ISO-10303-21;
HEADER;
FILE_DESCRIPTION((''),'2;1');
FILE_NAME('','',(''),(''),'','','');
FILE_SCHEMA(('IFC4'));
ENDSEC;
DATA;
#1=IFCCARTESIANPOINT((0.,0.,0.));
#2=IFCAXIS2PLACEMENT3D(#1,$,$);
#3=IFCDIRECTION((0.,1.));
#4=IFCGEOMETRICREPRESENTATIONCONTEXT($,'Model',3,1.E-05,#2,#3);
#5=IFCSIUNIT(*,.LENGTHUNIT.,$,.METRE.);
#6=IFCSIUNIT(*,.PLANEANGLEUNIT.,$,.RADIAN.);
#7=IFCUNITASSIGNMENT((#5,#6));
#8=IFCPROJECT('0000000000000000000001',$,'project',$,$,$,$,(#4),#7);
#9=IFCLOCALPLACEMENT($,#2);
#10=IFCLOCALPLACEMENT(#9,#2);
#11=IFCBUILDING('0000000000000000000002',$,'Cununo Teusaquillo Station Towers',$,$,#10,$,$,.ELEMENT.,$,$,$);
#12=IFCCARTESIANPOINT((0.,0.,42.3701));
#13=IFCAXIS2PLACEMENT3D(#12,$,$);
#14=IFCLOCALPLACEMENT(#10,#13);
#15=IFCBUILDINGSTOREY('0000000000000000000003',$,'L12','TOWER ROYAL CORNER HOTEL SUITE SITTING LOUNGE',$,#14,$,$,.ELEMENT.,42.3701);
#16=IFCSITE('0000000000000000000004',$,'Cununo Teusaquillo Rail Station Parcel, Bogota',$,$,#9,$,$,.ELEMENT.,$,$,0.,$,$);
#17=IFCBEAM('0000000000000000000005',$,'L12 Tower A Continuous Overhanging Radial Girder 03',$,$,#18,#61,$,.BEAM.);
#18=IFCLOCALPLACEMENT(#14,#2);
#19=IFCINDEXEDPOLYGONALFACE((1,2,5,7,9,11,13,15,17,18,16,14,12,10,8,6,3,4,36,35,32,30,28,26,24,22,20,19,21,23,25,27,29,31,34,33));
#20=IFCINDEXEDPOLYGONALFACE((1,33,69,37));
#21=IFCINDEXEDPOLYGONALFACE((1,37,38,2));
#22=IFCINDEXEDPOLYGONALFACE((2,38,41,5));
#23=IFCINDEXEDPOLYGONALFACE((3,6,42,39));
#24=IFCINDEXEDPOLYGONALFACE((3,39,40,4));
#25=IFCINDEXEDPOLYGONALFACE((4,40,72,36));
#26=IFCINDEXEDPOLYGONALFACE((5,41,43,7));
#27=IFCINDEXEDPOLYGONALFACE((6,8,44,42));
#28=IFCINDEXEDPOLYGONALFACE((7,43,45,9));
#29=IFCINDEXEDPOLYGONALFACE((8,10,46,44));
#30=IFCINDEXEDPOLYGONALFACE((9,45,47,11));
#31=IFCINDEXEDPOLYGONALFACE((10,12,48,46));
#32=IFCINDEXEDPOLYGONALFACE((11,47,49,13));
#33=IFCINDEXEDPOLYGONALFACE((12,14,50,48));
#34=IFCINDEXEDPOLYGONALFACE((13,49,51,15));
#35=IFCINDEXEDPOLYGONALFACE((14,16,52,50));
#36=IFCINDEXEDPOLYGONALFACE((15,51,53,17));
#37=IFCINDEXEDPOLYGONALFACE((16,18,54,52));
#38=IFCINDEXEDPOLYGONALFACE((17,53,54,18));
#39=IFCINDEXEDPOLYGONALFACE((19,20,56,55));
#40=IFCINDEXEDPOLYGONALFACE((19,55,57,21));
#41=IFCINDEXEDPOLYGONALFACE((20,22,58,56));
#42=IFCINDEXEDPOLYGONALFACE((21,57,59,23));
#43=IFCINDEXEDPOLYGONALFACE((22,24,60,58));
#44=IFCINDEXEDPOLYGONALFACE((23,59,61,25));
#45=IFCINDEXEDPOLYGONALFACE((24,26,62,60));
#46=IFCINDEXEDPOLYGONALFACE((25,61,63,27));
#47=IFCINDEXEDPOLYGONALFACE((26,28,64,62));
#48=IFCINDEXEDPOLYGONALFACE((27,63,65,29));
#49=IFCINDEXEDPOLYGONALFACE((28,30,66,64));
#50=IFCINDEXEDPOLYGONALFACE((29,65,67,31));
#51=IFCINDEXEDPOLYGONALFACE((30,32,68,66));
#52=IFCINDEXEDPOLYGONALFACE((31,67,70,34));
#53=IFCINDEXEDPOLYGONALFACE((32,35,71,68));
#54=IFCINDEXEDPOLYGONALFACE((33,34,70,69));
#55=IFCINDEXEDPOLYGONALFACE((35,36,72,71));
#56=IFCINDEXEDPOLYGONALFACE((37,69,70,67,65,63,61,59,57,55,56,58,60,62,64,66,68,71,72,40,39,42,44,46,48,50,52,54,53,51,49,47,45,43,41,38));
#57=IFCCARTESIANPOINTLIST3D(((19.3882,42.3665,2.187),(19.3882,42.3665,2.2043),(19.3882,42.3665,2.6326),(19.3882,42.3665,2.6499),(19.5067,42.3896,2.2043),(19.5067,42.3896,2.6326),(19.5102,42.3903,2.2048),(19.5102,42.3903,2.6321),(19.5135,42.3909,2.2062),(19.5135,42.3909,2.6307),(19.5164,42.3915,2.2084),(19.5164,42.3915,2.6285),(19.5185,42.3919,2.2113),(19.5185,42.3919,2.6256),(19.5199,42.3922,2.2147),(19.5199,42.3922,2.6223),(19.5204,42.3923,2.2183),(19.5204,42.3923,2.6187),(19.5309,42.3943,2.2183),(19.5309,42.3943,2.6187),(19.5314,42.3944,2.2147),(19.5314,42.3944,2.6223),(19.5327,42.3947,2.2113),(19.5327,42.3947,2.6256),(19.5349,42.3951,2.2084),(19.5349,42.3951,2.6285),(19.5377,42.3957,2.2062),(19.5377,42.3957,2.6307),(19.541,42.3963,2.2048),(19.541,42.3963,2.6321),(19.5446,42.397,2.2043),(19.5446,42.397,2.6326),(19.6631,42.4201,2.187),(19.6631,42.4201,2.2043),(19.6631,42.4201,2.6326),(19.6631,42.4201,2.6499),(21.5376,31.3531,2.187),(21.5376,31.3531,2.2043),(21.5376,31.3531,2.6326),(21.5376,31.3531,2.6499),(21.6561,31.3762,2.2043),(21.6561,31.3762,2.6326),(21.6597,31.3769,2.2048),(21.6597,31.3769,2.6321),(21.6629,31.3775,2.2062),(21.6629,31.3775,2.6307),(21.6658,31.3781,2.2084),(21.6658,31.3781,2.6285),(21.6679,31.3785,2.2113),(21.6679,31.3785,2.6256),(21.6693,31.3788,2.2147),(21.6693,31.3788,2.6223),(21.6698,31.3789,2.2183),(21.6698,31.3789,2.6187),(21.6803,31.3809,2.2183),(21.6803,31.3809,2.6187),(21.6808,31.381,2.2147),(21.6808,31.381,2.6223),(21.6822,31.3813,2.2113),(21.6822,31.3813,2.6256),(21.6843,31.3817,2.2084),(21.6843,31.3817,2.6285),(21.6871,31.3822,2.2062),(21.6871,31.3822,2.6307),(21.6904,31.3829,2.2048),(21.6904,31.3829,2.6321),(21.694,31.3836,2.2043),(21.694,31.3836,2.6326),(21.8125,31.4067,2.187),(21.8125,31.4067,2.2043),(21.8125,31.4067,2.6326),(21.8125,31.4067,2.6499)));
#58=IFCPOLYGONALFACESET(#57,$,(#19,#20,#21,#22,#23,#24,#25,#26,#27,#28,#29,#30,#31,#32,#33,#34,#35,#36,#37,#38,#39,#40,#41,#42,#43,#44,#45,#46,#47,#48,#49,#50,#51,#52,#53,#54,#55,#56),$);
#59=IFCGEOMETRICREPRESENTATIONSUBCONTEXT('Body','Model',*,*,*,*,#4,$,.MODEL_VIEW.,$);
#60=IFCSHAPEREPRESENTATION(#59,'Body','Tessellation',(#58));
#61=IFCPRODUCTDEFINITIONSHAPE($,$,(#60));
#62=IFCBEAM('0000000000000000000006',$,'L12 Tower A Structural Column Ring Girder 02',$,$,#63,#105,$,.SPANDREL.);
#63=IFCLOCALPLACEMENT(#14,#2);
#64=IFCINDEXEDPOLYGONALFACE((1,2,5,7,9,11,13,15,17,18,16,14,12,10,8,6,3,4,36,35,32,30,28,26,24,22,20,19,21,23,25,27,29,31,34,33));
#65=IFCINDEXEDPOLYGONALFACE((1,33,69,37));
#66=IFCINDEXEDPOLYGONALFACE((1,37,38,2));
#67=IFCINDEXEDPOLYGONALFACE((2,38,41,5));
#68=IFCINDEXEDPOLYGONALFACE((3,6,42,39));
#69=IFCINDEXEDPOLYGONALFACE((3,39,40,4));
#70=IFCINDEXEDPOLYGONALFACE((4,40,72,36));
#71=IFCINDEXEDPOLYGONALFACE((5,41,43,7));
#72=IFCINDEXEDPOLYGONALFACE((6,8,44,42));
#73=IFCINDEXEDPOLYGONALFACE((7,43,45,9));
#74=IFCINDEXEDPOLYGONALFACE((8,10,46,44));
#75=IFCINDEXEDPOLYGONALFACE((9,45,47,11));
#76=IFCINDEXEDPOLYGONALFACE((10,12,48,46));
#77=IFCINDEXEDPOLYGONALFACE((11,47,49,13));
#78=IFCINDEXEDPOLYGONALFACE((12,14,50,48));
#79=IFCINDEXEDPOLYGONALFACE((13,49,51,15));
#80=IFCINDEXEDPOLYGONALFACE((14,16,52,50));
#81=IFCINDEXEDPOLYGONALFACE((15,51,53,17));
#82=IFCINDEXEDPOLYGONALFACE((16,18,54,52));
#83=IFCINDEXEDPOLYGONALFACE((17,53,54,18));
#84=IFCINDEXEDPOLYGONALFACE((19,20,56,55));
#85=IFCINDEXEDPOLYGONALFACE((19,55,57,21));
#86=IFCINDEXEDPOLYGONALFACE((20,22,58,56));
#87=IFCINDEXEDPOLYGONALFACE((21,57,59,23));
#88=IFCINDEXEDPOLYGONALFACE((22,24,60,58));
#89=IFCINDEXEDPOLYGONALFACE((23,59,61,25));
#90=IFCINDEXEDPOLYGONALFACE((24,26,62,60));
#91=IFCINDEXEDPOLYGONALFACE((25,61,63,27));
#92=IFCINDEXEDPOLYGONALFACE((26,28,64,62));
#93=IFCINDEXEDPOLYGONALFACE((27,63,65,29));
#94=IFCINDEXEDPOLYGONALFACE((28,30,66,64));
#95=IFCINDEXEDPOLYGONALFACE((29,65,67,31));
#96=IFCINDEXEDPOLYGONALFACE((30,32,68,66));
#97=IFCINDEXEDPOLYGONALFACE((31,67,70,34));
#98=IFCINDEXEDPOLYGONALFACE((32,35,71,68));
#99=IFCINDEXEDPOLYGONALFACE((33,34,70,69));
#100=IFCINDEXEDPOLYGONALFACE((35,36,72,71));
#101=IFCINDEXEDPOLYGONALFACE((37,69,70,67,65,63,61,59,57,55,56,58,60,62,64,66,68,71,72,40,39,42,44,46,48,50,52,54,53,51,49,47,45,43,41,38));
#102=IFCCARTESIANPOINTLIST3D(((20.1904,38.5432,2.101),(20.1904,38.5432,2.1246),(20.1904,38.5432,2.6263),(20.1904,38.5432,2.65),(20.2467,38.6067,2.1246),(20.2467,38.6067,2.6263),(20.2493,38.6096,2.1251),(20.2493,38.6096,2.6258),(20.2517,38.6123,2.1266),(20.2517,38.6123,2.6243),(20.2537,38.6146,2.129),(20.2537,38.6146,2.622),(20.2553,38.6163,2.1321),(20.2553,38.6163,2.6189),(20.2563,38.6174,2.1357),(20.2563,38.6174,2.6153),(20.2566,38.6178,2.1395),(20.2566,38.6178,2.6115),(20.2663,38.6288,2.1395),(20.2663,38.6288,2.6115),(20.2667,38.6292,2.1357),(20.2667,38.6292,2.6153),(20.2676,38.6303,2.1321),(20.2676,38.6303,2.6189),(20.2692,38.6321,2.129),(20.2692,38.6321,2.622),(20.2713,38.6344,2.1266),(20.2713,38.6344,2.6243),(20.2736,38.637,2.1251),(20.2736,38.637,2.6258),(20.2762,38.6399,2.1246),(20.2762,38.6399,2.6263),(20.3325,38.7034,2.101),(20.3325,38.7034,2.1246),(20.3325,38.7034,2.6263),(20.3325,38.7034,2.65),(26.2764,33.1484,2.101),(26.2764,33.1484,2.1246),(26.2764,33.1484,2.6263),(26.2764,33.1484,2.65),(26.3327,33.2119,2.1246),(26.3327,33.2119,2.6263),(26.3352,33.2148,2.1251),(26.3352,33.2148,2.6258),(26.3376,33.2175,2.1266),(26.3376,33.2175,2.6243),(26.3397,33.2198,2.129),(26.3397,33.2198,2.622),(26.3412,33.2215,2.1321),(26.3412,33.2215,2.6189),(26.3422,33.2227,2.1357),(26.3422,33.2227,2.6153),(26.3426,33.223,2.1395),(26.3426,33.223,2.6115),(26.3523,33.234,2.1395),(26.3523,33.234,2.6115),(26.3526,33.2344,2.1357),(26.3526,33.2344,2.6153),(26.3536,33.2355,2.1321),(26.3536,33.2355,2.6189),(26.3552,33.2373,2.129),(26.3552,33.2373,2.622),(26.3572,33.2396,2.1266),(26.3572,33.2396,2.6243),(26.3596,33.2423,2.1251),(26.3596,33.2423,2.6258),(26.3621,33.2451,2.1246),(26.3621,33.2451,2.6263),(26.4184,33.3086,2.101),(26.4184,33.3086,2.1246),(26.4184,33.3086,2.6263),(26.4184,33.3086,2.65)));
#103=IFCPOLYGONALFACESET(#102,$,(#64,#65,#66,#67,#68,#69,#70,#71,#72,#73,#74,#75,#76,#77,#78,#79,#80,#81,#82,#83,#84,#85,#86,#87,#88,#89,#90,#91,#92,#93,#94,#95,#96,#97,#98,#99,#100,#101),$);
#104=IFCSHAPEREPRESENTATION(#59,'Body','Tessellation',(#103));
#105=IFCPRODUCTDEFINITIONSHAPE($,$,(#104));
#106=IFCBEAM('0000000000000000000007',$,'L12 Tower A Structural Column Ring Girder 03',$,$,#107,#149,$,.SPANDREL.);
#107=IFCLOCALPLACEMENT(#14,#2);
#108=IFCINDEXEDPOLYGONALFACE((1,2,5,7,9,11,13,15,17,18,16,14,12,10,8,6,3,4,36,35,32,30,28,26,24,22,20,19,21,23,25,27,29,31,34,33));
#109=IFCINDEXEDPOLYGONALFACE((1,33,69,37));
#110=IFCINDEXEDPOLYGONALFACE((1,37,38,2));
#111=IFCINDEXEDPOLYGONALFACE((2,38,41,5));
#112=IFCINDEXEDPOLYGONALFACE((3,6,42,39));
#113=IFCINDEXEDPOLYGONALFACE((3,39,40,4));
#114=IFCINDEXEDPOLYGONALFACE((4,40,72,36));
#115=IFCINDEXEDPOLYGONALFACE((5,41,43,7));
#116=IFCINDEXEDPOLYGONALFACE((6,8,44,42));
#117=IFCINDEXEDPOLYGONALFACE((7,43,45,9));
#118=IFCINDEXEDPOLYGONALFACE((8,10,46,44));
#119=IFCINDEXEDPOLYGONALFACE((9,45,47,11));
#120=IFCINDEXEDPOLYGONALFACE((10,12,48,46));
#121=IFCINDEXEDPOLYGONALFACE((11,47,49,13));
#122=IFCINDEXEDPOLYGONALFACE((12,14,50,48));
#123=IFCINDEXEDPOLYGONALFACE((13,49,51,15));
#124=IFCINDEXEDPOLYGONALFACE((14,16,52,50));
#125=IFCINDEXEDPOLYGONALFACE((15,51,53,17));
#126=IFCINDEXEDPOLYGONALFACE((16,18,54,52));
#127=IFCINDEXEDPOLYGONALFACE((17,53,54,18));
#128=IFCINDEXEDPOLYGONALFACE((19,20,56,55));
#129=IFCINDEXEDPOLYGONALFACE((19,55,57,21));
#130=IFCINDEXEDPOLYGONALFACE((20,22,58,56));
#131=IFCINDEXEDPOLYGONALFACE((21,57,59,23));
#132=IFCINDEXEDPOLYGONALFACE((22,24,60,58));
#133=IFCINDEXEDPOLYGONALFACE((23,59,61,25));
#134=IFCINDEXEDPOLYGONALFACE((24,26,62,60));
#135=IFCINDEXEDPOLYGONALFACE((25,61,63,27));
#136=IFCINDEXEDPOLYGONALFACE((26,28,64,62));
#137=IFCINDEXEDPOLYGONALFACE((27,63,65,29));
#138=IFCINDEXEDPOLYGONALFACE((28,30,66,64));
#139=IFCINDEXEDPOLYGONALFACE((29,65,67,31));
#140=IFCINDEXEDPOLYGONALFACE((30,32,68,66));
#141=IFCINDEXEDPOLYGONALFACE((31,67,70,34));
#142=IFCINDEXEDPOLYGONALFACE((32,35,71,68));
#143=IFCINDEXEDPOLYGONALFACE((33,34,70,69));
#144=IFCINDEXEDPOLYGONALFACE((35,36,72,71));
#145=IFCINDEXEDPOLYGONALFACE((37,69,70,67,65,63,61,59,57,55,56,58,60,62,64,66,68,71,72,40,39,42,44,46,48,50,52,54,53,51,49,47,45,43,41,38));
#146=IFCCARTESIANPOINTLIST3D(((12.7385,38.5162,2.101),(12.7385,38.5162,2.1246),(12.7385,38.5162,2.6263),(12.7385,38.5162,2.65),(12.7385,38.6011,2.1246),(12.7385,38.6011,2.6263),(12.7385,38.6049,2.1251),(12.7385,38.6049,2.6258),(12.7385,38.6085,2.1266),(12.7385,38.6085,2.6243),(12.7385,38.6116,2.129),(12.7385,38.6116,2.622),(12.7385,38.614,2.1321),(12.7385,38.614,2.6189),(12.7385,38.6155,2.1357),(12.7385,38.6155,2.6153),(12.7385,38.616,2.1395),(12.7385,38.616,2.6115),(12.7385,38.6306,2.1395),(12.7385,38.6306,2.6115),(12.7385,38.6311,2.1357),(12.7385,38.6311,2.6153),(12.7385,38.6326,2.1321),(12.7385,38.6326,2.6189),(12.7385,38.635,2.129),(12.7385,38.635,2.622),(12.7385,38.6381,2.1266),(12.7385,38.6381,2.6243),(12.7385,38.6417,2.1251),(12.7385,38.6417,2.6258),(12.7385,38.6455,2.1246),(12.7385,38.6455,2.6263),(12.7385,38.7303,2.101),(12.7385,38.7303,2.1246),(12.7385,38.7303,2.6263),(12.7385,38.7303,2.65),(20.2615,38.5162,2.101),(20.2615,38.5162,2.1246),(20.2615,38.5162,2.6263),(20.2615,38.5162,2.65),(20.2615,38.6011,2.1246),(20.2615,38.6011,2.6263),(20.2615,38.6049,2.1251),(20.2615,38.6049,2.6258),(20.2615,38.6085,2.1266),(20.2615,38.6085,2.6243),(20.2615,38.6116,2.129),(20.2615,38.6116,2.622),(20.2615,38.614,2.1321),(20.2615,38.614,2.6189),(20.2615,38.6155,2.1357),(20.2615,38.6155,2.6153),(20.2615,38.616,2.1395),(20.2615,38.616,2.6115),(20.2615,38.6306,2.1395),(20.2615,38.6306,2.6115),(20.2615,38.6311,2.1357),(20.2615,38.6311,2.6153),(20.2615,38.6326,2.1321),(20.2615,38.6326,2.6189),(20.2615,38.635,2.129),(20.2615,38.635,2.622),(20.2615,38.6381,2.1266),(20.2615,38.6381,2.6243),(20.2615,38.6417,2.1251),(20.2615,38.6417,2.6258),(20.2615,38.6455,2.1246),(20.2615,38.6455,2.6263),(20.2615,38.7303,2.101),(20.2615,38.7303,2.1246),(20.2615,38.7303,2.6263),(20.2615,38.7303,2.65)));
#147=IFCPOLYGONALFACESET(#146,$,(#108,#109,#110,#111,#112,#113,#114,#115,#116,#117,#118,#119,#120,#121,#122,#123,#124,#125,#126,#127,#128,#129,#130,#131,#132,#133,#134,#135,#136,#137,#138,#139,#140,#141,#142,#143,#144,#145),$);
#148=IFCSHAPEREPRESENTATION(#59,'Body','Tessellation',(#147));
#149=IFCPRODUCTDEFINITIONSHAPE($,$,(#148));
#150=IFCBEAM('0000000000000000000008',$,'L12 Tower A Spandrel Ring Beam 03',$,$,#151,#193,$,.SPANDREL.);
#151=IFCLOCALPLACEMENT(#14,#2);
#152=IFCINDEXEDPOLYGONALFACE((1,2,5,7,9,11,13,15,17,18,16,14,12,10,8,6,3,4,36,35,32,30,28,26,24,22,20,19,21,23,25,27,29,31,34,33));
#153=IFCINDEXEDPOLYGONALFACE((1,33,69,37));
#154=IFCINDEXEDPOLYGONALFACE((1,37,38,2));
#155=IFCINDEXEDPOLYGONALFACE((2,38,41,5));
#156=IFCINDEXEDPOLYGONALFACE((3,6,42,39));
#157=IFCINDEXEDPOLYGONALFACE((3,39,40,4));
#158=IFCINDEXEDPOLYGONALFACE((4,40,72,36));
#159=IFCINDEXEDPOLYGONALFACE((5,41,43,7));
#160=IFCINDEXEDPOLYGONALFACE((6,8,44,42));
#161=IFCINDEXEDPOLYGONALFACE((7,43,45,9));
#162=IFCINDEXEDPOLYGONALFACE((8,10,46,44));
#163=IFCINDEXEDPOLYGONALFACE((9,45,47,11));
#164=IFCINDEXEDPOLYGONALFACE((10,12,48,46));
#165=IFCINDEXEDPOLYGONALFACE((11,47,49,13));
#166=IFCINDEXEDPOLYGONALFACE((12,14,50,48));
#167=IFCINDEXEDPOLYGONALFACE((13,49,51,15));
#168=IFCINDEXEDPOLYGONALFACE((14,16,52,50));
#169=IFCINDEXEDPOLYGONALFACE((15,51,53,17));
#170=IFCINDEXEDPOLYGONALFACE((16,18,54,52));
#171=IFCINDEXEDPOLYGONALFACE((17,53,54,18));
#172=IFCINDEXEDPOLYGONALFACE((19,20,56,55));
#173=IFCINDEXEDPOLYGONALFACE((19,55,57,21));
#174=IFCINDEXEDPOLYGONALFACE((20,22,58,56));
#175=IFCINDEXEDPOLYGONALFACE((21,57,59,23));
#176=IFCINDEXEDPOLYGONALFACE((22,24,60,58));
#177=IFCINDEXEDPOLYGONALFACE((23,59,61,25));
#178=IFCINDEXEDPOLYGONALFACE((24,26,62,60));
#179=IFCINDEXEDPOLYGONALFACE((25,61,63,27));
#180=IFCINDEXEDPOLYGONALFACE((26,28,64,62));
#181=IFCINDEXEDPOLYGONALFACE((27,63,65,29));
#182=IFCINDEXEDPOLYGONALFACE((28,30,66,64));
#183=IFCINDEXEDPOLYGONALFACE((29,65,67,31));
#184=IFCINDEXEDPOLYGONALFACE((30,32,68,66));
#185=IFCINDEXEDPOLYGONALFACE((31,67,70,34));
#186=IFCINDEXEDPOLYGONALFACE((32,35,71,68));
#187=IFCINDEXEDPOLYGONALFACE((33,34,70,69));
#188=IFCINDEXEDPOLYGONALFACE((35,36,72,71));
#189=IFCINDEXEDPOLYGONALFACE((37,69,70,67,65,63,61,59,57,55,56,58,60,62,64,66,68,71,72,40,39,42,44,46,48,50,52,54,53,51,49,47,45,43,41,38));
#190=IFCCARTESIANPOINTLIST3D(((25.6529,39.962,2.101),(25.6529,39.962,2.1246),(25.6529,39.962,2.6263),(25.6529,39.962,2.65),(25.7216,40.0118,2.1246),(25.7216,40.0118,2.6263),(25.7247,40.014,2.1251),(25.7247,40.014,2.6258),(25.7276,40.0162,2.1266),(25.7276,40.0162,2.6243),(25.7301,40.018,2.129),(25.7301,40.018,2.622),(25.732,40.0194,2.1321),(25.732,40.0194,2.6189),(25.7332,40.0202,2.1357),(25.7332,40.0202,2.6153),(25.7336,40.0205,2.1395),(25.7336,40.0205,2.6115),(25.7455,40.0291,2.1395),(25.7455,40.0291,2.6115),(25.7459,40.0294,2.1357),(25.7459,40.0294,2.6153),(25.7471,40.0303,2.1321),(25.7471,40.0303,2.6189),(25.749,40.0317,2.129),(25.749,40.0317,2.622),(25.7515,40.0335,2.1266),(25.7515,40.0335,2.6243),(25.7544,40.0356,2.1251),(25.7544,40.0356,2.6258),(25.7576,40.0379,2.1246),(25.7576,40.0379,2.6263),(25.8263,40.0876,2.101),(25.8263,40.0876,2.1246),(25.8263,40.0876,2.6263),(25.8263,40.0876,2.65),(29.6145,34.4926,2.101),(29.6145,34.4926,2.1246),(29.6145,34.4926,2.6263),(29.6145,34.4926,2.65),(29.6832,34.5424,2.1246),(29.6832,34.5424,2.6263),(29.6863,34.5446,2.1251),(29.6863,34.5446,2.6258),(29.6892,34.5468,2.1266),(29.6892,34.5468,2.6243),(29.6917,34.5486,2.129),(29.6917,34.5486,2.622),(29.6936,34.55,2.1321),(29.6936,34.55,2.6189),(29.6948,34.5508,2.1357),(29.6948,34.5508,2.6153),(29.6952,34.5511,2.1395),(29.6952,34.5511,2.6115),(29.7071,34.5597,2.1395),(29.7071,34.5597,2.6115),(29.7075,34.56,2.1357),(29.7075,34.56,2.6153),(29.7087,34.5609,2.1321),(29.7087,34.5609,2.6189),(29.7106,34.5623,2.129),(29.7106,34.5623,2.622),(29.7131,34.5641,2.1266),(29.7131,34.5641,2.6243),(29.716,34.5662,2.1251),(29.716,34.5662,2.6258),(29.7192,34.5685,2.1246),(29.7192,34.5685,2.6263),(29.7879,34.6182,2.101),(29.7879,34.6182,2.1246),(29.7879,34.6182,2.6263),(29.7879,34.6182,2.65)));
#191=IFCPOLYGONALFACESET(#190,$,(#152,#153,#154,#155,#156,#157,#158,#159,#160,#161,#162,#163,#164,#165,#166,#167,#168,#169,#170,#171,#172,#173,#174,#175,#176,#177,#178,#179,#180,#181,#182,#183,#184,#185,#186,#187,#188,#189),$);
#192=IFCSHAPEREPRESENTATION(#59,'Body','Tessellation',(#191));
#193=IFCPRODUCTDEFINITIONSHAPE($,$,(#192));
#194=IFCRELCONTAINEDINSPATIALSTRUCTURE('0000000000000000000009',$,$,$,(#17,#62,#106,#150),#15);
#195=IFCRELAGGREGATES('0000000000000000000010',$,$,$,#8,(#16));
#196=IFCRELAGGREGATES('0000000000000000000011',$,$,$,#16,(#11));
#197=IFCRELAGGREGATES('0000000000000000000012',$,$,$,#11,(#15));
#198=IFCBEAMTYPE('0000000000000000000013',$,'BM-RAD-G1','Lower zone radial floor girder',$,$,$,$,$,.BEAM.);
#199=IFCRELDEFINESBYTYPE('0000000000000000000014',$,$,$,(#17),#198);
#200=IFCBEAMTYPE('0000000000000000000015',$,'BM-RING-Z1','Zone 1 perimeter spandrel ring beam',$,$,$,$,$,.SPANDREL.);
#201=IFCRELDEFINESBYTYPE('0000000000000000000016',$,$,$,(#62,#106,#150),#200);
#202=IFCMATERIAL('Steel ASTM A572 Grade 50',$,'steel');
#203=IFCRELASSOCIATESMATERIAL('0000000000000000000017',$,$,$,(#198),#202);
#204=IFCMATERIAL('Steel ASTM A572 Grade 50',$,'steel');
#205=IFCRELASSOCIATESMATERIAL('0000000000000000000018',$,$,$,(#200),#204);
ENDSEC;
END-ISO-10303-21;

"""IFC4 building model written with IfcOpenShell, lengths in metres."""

from ifc_helpers import new_model, si_unit, direction, frame, origin, origin_2d, place, context, subcontext, project, spatial, i_section, extrude, material, material_profile, profile_set, type_object, element, save


model = new_model("IFC4")

# Units and contexts
model_context = context("Model", 3, precision=1e-05, world=origin(), true_north=direction((0.0, 1.0)))
body_context = subcontext(model_context, "Body", "Model", "MODEL_VIEW")
ifc_project = project(units=[si_unit("LENGTHUNIT", "METRE"), si_unit("PLANEANGLEUNIT", "RADIAN")], contexts=[model_context])

# Site, building, storey
site_placement = place(None, origin())
site = spatial("IfcSite", under=ifc_project, at=site_placement, Name="Cununo Teusaquillo Rail Station Parcel, Bogota", CompositionType="ELEMENT", RefElevation=0.0)
building_placement = place(site_placement, origin())
building = spatial("IfcBuilding", under=site, at=building_placement, Name="Cununo Teusaquillo Station Towers", CompositionType="ELEMENT")
storey_placement = place(building_placement, frame((0.0, 0.0, 42.3701)))
storey = spatial("IfcBuildingStorey", under=building, at=storey_placement, Name="L12", Description="TOWER ROYAL CORNER HOTEL SUITE SITTING LOUNGE", CompositionType="ELEMENT", Elevation=42.3701)

# Beams
ifc_material_1 = material(Name="Steel ASTM A572 Grade 50", Category="steel")
ifc_material_profile_1 = material_profile(ifc_material_1, i_section(OverallWidth=0.28, OverallDepth=0.4629, WebThickness=0.0107, FlangeThickness=0.0173, FilletRadius=0.0139, at=origin_2d()), Name="W18X76")
ifc_profile_set_1 = profile_set([ifc_material_profile_1], Name="Steel ASTM A572 Grade 50")
beam_type_1 = type_object("IfcBeamType", Name="BM-RAD-G1", Description="Lower zone radial floor girder", PredefinedType="BEAM", material=ifc_profile_set_1)
beam_1_placement = place(storey_placement, frame((21.675, 31.3799, 2.4185), z_axis=(-0.191549, 0.981483, 0.0), x_axis=(-0.981483, -0.191549, 0.0)))
element("IfcBeam", 1, at=beam_1_placement, inside=storey, type_object=beam_type_1, Name="L12 Tower A Continuous Overhanging Radial Girder 03", PredefinedType="BEAM", context=body_context, shape_type="SweptSolid", body=[
    extrude(i_section(OverallWidth=0.28, OverallDepth=0.4629, WebThickness=0.0107, FlangeThickness=0.0173, FilletRadius=0.0139, at=origin_2d()), origin(), (0.0, 0.0, 1.0), 11.2212),
])
ifc_material_2 = material(Name="Steel ASTM A572 Grade 50", Category="steel")
ifc_material_profile_2 = material_profile(ifc_material_2, i_section(OverallWidth=0.2141, OverallDepth=0.5491, WebThickness=0.0146, FlangeThickness=0.0237, FilletRadius=0.0149, at=origin_2d()), Name="W21X93")
ifc_profile_set_2 = profile_set([ifc_material_profile_2], Name="Steel ASTM A572 Grade 50")
beam_type_2 = type_object("IfcBeamType", Name="BM-RING-Z1", Description="Zone 1 perimeter spandrel ring beam", PredefinedType="SPANDREL", material=ifc_profile_set_2)
beam_2_placement = place(storey_placement, frame((26.3474, 33.2285, 2.3755), z_axis=(-0.748321, 0.663337, 0.0), x_axis=(-0.663337, -0.748321, 0.0)))
element("IfcBeam", 2, at=beam_2_placement, inside=storey, type_object=beam_type_2, Name="L12 Tower A Structural Column Ring Girder 02", PredefinedType="SPANDREL", context=body_context, shape_type="SweptSolid", body=[
    extrude(i_section(OverallWidth=0.2141, OverallDepth=0.5491, WebThickness=0.0146, FlangeThickness=0.0237, FilletRadius=0.0149, at=origin_2d()), origin(), (0.0, 0.0, 1.0), 8.1328),
])
beam_3_placement = place(storey_placement, frame((20.2615, 38.6233, 2.3755), z_axis=(-1.0, 0.0, 0.0), x_axis=(0.0, -1.0, 0.0)))
element("IfcBeam", 3, at=beam_3_placement, inside=storey, type_object=beam_type_2, Name="L12 Tower A Structural Column Ring Girder 03", PredefinedType="SPANDREL", context=body_context, shape_type="SweptSolid", body=[
    extrude(i_section(OverallWidth=0.2141, OverallDepth=0.5491, WebThickness=0.0146, FlangeThickness=0.0237, FilletRadius=0.0149, at=origin_2d()), origin(), (0.0, 0.0, 1.0), 7.5229),
])
beam_4_placement = place(storey_placement, frame((29.7012, 34.5554, 2.3755), z_axis=(-0.586608, 0.809871, 0.0), x_axis=(-0.809871, -0.586608, 0.0)))
element("IfcBeam", 4, at=beam_4_placement, inside=storey, type_object=beam_type_2, Name="L12 Tower A Spandrel Ring Beam 03", PredefinedType="SPANDREL", context=body_context, shape_type="SweptSolid", body=[
    extrude(i_section(OverallWidth=0.2141, OverallDepth=0.5491, WebThickness=0.0146, FlangeThickness=0.0237, FilletRadius=0.0149, at=origin_2d()), origin(), (0.0, 0.0, 1.0), 6.7534),
])

save(model, "model.ifc")
